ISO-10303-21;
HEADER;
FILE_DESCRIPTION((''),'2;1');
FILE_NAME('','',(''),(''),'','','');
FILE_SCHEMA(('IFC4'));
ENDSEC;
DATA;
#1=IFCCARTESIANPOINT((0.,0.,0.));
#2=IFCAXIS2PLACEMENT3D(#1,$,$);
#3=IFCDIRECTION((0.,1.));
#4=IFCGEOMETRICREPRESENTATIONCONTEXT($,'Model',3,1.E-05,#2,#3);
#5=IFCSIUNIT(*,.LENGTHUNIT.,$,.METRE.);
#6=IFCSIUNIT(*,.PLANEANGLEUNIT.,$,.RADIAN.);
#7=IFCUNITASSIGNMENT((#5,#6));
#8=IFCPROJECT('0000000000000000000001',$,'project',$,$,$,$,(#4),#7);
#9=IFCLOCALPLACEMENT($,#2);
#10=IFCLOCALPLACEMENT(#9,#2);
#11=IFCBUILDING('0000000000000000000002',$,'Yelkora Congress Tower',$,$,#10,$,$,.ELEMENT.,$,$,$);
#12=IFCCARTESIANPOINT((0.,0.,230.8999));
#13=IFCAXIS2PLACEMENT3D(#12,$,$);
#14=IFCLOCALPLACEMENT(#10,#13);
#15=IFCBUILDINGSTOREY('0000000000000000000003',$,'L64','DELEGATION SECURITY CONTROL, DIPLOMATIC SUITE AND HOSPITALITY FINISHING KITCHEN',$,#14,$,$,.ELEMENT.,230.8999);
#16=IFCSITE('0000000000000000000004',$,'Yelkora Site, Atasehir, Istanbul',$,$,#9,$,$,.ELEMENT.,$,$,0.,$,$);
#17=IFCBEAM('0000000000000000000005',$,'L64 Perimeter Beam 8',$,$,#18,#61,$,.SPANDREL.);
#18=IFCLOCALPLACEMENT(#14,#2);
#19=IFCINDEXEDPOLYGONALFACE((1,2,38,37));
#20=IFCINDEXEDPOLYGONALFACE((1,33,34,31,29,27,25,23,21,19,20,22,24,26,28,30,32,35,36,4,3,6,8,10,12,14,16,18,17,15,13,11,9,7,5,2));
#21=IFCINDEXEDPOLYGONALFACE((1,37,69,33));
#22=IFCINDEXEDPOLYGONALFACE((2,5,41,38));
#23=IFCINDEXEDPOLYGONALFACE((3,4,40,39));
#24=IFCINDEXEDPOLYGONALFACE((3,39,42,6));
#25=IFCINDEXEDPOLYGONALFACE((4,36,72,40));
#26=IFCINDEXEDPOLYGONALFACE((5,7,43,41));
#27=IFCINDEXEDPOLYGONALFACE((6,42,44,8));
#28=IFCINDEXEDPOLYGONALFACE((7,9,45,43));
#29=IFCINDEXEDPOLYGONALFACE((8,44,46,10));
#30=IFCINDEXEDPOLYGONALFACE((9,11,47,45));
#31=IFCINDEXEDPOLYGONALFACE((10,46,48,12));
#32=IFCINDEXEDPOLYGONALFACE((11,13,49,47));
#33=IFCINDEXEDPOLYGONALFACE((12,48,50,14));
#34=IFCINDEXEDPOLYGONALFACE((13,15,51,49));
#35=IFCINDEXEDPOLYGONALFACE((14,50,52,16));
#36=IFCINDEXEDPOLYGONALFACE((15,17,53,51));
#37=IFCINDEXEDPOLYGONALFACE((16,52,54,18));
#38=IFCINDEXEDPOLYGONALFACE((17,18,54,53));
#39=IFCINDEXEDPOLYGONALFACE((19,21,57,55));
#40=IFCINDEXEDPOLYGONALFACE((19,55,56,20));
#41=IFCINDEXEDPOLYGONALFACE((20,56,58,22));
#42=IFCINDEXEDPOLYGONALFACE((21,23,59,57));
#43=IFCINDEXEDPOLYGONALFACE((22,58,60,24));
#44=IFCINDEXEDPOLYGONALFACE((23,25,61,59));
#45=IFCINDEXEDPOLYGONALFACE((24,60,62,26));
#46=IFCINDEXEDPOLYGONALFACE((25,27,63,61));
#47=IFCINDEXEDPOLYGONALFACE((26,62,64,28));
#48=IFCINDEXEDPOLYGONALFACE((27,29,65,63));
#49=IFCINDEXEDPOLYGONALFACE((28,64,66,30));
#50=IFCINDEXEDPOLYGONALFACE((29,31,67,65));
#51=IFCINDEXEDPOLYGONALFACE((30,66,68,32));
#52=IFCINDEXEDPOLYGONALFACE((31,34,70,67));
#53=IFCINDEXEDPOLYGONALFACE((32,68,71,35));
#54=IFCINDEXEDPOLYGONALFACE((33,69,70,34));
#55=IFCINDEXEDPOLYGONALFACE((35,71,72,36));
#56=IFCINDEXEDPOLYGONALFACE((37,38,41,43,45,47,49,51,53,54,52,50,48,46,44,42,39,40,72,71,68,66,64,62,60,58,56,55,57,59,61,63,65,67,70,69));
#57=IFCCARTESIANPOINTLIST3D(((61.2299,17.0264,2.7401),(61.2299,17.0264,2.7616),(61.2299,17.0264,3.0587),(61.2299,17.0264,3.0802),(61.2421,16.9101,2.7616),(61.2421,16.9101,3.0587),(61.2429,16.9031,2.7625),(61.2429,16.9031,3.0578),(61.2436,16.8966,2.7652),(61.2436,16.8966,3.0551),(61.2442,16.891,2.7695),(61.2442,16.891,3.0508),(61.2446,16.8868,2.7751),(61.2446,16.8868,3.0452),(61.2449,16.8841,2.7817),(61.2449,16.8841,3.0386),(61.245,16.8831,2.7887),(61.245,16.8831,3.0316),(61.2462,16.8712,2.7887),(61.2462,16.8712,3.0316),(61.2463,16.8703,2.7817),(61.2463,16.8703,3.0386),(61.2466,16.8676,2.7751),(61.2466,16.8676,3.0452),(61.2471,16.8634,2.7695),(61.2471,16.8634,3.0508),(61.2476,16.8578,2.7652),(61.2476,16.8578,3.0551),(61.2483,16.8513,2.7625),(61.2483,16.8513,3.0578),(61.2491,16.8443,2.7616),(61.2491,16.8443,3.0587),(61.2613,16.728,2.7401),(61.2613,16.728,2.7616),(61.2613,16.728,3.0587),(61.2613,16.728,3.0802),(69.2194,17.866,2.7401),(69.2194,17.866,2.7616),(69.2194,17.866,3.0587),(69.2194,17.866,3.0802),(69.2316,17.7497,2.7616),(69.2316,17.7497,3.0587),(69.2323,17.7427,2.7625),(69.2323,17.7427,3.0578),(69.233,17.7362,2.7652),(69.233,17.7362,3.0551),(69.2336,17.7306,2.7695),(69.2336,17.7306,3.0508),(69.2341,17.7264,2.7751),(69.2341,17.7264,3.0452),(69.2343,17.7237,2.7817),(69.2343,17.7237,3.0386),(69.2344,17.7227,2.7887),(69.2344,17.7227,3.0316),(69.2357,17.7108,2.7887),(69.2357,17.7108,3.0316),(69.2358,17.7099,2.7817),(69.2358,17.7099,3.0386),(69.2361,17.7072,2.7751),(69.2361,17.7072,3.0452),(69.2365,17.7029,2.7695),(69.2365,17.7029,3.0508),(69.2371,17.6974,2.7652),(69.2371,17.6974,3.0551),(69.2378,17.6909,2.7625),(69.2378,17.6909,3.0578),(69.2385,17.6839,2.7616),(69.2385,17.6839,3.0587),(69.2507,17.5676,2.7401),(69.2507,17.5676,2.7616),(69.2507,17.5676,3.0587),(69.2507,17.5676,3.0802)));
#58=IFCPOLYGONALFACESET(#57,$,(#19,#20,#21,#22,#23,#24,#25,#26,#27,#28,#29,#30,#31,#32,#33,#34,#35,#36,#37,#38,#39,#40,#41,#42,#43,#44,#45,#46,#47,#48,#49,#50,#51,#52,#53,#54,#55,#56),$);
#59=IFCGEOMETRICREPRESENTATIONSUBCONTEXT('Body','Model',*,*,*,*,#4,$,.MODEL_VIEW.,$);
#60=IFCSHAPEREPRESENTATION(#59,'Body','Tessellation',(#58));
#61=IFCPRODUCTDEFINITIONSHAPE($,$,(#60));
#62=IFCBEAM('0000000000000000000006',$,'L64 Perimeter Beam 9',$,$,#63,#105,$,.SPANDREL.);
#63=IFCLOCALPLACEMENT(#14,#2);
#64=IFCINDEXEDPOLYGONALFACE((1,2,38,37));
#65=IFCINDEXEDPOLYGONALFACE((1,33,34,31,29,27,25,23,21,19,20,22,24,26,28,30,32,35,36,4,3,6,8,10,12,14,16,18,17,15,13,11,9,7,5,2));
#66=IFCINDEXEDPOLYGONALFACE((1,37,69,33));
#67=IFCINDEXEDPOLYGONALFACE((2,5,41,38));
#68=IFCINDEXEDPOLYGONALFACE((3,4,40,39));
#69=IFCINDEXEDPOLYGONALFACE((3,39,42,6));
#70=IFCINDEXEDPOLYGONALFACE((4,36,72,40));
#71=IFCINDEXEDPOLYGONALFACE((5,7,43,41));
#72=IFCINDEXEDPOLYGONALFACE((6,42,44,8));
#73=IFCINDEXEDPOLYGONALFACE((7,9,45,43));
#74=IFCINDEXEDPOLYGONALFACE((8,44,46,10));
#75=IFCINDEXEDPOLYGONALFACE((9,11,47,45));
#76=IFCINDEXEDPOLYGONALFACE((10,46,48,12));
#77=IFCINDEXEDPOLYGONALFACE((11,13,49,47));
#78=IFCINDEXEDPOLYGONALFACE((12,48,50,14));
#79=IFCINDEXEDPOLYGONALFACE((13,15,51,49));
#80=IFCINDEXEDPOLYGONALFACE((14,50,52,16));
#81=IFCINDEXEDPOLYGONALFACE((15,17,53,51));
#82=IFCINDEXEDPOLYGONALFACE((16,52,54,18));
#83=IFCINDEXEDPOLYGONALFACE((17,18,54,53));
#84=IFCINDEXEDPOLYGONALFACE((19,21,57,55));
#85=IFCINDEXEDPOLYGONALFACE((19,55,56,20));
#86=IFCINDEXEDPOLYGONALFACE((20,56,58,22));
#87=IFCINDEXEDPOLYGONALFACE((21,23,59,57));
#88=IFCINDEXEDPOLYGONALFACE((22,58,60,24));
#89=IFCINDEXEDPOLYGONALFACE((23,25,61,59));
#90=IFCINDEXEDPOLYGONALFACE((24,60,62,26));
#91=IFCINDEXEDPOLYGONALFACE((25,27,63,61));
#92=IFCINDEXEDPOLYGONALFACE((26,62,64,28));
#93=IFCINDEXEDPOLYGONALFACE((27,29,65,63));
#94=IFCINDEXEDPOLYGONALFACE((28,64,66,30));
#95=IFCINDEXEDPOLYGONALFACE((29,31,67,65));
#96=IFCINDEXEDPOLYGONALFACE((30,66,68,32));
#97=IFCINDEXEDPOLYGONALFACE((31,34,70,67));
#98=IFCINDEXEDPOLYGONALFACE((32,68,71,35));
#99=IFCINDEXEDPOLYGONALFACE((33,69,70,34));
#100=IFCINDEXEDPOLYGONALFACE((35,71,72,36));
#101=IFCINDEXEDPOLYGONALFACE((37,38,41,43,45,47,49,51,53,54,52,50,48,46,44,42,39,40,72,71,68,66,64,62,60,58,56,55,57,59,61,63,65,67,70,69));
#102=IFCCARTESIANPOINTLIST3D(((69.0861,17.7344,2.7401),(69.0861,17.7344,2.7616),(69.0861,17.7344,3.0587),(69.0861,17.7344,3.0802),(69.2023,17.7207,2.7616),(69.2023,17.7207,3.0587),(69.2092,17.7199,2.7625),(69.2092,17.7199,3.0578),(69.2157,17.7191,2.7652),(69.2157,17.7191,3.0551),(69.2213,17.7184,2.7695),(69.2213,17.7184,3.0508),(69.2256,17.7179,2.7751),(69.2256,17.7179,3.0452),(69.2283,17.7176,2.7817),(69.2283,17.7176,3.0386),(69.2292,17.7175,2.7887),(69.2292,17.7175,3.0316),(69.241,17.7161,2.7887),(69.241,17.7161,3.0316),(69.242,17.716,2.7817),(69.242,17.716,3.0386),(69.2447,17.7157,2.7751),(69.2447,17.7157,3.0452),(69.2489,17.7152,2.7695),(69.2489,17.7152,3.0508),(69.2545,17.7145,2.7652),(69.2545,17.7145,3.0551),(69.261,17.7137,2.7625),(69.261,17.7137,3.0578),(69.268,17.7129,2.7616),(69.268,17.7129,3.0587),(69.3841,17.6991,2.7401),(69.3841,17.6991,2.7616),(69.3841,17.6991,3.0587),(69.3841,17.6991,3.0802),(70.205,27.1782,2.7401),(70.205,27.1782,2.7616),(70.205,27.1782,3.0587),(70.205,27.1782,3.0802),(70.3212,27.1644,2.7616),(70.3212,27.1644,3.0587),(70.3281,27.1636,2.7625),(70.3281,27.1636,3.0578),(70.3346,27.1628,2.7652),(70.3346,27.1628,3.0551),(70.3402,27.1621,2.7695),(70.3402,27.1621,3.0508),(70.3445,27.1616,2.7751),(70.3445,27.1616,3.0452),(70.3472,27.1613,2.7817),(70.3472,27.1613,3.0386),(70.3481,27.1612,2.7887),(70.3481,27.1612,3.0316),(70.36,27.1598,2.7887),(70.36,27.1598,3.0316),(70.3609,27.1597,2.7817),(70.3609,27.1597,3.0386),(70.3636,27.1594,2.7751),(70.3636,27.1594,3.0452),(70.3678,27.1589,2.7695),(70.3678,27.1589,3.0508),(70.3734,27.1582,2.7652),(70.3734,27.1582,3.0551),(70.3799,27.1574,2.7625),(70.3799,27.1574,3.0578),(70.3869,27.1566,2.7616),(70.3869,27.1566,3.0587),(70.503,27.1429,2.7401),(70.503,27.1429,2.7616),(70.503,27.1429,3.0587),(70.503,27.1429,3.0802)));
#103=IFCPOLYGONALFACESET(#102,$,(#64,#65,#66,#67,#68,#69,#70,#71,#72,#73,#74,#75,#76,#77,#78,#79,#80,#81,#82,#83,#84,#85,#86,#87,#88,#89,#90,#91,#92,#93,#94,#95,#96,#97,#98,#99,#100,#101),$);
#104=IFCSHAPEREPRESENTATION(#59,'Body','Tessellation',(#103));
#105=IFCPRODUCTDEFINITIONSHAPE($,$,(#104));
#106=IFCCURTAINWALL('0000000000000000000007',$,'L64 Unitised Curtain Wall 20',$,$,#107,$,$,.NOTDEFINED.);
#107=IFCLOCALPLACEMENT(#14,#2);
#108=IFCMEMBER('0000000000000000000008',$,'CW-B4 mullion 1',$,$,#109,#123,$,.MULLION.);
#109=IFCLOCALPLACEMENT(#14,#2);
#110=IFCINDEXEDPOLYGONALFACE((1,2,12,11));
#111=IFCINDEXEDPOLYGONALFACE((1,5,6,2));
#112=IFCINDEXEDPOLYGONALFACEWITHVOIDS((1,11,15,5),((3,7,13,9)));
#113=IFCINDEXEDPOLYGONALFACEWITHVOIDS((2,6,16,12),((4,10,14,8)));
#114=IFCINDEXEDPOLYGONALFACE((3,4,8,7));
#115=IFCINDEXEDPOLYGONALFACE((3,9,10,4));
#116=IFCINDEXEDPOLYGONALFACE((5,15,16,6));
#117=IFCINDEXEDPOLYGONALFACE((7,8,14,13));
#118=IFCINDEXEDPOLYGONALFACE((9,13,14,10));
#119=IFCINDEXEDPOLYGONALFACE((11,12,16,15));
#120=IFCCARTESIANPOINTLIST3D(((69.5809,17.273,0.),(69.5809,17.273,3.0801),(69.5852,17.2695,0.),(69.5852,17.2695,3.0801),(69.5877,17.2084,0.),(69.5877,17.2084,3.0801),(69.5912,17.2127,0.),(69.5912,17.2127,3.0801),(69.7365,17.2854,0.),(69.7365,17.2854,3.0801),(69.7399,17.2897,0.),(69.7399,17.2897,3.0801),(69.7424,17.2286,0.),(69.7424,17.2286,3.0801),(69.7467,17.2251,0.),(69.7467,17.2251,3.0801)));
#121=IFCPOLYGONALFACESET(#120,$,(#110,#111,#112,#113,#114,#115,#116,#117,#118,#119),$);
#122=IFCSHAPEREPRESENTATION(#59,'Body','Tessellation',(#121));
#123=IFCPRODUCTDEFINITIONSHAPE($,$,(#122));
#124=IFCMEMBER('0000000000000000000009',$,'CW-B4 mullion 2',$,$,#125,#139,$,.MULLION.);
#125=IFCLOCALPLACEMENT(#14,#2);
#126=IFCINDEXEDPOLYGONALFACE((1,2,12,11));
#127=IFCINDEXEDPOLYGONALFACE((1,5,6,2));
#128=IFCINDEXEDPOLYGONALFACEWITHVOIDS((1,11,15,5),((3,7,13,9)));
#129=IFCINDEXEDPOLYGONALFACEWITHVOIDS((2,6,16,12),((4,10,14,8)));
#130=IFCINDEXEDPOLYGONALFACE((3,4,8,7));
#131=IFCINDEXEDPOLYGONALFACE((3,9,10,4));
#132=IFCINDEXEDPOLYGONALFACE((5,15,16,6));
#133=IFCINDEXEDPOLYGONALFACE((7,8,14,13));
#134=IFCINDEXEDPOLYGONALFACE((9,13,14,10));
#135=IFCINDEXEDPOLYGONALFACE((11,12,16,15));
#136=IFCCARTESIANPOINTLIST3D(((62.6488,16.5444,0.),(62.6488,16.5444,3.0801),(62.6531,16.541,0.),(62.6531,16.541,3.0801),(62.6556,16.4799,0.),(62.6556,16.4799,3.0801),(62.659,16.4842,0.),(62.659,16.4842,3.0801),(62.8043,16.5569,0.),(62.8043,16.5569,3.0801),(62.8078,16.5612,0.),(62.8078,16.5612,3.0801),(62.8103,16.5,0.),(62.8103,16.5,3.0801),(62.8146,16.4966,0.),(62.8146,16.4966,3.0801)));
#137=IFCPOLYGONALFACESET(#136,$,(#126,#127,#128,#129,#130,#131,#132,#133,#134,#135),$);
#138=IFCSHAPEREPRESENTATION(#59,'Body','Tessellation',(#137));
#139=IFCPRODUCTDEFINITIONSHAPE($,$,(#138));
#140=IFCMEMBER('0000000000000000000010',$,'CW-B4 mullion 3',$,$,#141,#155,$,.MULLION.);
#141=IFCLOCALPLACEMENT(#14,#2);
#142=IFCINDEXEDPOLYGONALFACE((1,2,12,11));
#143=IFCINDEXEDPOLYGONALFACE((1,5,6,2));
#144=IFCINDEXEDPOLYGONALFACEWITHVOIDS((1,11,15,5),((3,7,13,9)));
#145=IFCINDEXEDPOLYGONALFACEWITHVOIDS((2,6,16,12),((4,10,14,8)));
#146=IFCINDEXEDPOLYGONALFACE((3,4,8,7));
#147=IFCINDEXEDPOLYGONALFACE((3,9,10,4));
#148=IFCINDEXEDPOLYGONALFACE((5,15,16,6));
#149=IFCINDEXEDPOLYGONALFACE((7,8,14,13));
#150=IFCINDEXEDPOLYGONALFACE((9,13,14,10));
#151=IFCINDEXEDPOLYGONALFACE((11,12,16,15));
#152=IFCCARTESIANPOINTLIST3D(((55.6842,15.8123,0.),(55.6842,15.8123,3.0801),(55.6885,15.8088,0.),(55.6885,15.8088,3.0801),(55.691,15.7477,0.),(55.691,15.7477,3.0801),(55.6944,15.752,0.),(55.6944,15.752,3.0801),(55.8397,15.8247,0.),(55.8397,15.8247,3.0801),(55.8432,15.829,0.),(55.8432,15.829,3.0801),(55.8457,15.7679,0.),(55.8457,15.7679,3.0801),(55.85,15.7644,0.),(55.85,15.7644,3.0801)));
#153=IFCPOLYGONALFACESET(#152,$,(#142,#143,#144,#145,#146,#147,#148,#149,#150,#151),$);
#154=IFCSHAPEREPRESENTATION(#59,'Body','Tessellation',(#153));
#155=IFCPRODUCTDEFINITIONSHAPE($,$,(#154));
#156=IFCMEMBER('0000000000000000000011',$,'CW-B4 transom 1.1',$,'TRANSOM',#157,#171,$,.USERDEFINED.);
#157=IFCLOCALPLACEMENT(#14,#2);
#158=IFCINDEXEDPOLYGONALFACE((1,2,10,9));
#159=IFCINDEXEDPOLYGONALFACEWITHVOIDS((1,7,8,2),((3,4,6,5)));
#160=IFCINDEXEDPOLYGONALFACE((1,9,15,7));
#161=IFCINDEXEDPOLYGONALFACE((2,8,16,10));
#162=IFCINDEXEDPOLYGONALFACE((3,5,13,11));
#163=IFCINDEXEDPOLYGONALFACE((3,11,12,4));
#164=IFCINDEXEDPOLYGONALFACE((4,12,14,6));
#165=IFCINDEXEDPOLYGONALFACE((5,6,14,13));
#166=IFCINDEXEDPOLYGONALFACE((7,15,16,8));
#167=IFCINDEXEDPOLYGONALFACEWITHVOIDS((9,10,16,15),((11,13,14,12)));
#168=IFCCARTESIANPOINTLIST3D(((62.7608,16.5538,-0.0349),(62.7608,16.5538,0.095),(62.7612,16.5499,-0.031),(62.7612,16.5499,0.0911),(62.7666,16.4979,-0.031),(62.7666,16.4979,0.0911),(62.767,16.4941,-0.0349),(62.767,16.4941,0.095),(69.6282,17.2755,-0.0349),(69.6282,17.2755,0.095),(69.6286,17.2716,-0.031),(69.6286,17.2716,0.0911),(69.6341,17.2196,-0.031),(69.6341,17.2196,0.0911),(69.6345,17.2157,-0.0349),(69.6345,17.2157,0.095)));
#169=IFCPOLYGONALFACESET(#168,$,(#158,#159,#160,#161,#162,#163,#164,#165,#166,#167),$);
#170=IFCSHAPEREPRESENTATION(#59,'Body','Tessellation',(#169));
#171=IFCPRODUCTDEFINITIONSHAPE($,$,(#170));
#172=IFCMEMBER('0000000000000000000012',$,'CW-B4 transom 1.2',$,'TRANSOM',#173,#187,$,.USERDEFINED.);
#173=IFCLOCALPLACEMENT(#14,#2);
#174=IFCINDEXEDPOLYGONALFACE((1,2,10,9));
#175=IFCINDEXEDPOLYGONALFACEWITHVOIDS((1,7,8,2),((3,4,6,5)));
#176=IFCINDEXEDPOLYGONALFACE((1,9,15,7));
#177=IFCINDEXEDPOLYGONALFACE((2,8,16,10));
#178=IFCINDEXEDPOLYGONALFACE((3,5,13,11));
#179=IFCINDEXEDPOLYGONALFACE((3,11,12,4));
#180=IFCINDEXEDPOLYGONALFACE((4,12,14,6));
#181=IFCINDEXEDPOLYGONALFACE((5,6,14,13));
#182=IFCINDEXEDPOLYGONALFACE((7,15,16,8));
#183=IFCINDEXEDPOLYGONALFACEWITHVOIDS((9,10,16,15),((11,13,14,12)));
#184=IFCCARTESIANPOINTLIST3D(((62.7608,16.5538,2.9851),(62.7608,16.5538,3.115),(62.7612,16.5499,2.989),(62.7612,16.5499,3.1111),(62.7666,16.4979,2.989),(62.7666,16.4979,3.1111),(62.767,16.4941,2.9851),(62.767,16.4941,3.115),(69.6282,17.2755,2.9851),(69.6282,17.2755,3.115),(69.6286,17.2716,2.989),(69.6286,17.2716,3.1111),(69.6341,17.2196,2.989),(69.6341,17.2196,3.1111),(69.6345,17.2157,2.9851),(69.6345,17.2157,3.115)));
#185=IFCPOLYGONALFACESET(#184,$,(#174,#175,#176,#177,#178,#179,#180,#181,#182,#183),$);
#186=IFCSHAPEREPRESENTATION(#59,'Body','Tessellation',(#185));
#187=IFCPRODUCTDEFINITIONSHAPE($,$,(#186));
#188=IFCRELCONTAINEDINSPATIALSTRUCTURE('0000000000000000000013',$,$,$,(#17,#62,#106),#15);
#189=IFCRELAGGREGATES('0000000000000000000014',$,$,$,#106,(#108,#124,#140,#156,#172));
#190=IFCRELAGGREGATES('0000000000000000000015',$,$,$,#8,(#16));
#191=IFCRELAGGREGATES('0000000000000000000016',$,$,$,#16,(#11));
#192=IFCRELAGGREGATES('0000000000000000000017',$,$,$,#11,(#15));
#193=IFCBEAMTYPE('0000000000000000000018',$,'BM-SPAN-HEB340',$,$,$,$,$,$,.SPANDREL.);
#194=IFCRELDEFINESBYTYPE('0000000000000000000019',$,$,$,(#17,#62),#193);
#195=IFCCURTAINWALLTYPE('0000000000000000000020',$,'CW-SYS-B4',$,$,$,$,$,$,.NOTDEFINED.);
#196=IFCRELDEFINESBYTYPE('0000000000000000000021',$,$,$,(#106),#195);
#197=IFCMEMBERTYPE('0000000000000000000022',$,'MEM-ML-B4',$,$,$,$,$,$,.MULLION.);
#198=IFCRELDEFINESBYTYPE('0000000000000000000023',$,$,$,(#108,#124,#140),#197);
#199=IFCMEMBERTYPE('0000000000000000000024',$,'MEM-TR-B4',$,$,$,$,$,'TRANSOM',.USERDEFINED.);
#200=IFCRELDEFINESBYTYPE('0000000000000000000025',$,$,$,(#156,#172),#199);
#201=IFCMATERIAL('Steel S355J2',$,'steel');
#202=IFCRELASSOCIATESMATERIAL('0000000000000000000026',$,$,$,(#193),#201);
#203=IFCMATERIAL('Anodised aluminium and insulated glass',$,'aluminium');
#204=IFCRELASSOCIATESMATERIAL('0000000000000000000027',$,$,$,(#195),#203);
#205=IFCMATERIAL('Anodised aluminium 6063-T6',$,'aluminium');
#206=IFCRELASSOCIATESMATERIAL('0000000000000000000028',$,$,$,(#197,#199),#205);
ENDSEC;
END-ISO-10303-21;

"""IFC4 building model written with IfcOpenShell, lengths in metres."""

from ifc_helpers import new_model, si_unit, direction, frame, origin, origin_2d, place, context, subcontext, project, spatial, hollow_rectangle, i_section, extrude, material, material_profile, profile_set, type_object, element, aggregate, save


model = new_model("IFC4")

# Units and contexts
model_context = context("Model", 3, precision=1e-05, world=origin(), true_north=direction((0.0, 1.0)))
body_context = subcontext(model_context, "Body", "Model", "MODEL_VIEW")
ifc_project = project(units=[si_unit("LENGTHUNIT", "METRE"), si_unit("PLANEANGLEUNIT", "RADIAN")], contexts=[model_context])

# Site, building, storey
site_placement = place(None, origin())
site = spatial("IfcSite", under=ifc_project, at=site_placement, Name="Yelkora Site, Atasehir, Istanbul", CompositionType="ELEMENT", RefElevation=0.0)
building_placement = place(site_placement, origin())
building = spatial("IfcBuilding", under=site, at=building_placement, Name="Yelkora Congress Tower", CompositionType="ELEMENT")
storey_placement = place(building_placement, frame((0.0, 0.0, 230.8999)))
storey = spatial("IfcBuildingStorey", under=building, at=storey_placement, Name="L64", Description="DELEGATION SECURITY CONTROL, DIPLOMATIC SUITE AND HOSPITALITY FINISHING KITCHEN", CompositionType="ELEMENT", Elevation=230.8999)

# Shared definitions
ifc_material_1 = material(Name="Steel S355J2", Category="steel")

# Beams
ifc_material_profile_1 = material_profile(ifc_material_1, i_section(OverallWidth=0.3, OverallDepth=0.3401, WebThickness=0.012, FlangeThickness=0.0215, FilletRadius=0.0271, at=origin_2d()), Name="HEB 340")
ifc_profile_set_1 = profile_set([ifc_material_profile_1], Name="Steel S355J2")
beam_type_1 = type_object("IfcBeamType", Name="BM-SPAN-HEB340", PredefinedType="SPANDREL", material=ifc_profile_set_1)
beam_1_placement = place(storey_placement, frame((61.2456, 16.8772, 2.9102), z_axis=(0.994524, 0.104512, 0.0), x_axis=(-0.104512, 0.994524, 0.0)))
element("IfcBeam", 1, at=beam_1_placement, inside=storey, type_object=beam_type_1, Name="L64 Perimeter Beam 8", PredefinedType="SPANDREL", context=body_context, shape_type="SweptSolid", body=[
    extrude(i_section(OverallWidth=0.3, OverallDepth=0.3401, WebThickness=0.012, FlangeThickness=0.0215, FilletRadius=0.0271, at=origin_2d()), origin(), (0.0, 0.0, 1.0), 8.0334),
])
beam_2_placement = place(storey_placement, frame((69.2351, 17.7168, 2.9102), z_axis=(0.117659, 0.993054, 0.0), x_axis=(-0.993054, 0.117659, 0.0)))
element("IfcBeam", 2, at=beam_2_placement, inside=storey, type_object=beam_type_1, Name="L64 Perimeter Beam 9", PredefinedType="SPANDREL", context=body_context, shape_type="SweptSolid", body=[
    extrude(i_section(OverallWidth=0.3, OverallDepth=0.3401, WebThickness=0.012, FlangeThickness=0.0215, FilletRadius=0.0271, at=origin_2d()), origin(), (0.0, 0.0, 1.0), 9.5098),
])

# Curtain wall, members
ifc_material_2 = material(Name="Anodised aluminium and insulated glass", Category="aluminium")
curtain_wall_type = type_object("IfcCurtainWallType", Name="CW-SYS-B4", PredefinedType="NOTDEFINED", material=ifc_material_2)
curtain_wall_placement = place(storey_placement, origin())
curtain_wall = element("IfcCurtainWall", 3, at=curtain_wall_placement, inside=storey, type_object=curtain_wall_type, Name="L64 Unitised Curtain Wall 20", PredefinedType="NOTDEFINED")
ifc_material_3 = material(Name="Anodised aluminium 6063-T6", Category="aluminium")
ifc_material_profile_2 = material_profile(ifc_material_3, hollow_rectangle(XDim=0.0649, YDim=0.1599, WallThickness=0.0039, at=origin_2d()), Name="ALU 65x160x4")
ifc_profile_set_2 = profile_set([ifc_material_profile_2], Name="Anodised aluminium 6063-T6")
member_type_1 = type_object("IfcMemberType", Name="MEM-ML-B4", PredefinedType="MULLION", material=ifc_profile_set_2)
member_1_placement = place(storey_placement, frame((69.6638, 17.249, 0.0), z_axis=(0.0, 0.0, 1.0), x_axis=(0.104527, -0.994522, 0.0)))
member_1 = element("IfcMember", 4, at=member_1_placement, type_object=member_type_1, Name="CW-B4 mullion 1", PredefinedType="MULLION", context=body_context, shape_type="SweptSolid", body=[
    extrude(hollow_rectangle(XDim=0.0649, YDim=0.1599, WallThickness=0.0039, at=origin_2d()), origin(), (0.0, 0.0, 1.0), 3.0801),
])
member_2_placement = place(storey_placement, frame((62.7317, 16.5205, 0.0), z_axis=(0.0, 0.0, 1.0), x_axis=(0.104527, -0.994522, 0.0)))
member_2 = element("IfcMember", 5, at=member_2_placement, type_object=member_type_1, Name="CW-B4 mullion 2", PredefinedType="MULLION", context=body_context, shape_type="SweptSolid", body=[
    extrude(hollow_rectangle(XDim=0.0649, YDim=0.1599, WallThickness=0.0039, at=origin_2d()), origin(), (0.0, 0.0, 1.0), 3.0801),
])
member_3_placement = place(storey_placement, frame((55.7671, 15.7883, 0.0), z_axis=(0.0, 0.0, 1.0), x_axis=(0.104527, -0.994522, 0.0)))
member_3 = element("IfcMember", 6, at=member_3_placement, type_object=member_type_1, Name="CW-B4 mullion 3", PredefinedType="MULLION", context=body_context, shape_type="SweptSolid", body=[
    extrude(hollow_rectangle(XDim=0.0649, YDim=0.1599, WallThickness=0.0039, at=origin_2d()), origin(), (0.0, 0.0, 1.0), 3.0801),
])
ifc_material_profile_3 = material_profile(ifc_material_3, hollow_rectangle(XDim=0.0601, YDim=0.1299, WallThickness=0.0039, at=origin_2d()), Name="ALU 60x130x4")
ifc_profile_set_3 = profile_set([ifc_material_profile_3], Name="Anodised aluminium 6063-T6")
member_type_2 = type_object("IfcMemberType", Name="MEM-TR-B4", ElementType="TRANSOM", PredefinedType="USERDEFINED", material=ifc_profile_set_3)
member_4_placement = place(storey_placement, frame((69.6313, 17.2456, 0.03), z_axis=(-0.994524, -0.104512, 0.0), x_axis=(0.104512, -0.994524, 0.0)))
member_4 = element("IfcMember", 7, at=member_4_placement, type_object=member_type_2, Name="CW-B4 transom 1.1", ObjectType="TRANSOM", PredefinedType="USERDEFINED", context=body_context, shape_type="SweptSolid", body=[
    extrude(hollow_rectangle(XDim=0.0601, YDim=0.1299, WallThickness=0.0039, at=origin_2d()), origin(), (0.0, 0.0, 1.0), 6.9053),
])
member_5_placement = place(storey_placement, frame((69.6313, 17.2456, 3.05), z_axis=(-0.994524, -0.104512, 0.0), x_axis=(0.104512, -0.994524, 0.0)))
member_5 = element("IfcMember", 8, at=member_5_placement, type_object=member_type_2, Name="CW-B4 transom 1.2", ObjectType="TRANSOM", PredefinedType="USERDEFINED", context=body_context, shape_type="SweptSolid", body=[
    extrude(hollow_rectangle(XDim=0.0601, YDim=0.1299, WallThickness=0.0039, at=origin_2d()), origin(), (0.0, 0.0, 1.0), 6.9053),
])
aggregate(curtain_wall, [member_1, member_2, member_3, member_4, member_5])

save(model, "model.ifc")
